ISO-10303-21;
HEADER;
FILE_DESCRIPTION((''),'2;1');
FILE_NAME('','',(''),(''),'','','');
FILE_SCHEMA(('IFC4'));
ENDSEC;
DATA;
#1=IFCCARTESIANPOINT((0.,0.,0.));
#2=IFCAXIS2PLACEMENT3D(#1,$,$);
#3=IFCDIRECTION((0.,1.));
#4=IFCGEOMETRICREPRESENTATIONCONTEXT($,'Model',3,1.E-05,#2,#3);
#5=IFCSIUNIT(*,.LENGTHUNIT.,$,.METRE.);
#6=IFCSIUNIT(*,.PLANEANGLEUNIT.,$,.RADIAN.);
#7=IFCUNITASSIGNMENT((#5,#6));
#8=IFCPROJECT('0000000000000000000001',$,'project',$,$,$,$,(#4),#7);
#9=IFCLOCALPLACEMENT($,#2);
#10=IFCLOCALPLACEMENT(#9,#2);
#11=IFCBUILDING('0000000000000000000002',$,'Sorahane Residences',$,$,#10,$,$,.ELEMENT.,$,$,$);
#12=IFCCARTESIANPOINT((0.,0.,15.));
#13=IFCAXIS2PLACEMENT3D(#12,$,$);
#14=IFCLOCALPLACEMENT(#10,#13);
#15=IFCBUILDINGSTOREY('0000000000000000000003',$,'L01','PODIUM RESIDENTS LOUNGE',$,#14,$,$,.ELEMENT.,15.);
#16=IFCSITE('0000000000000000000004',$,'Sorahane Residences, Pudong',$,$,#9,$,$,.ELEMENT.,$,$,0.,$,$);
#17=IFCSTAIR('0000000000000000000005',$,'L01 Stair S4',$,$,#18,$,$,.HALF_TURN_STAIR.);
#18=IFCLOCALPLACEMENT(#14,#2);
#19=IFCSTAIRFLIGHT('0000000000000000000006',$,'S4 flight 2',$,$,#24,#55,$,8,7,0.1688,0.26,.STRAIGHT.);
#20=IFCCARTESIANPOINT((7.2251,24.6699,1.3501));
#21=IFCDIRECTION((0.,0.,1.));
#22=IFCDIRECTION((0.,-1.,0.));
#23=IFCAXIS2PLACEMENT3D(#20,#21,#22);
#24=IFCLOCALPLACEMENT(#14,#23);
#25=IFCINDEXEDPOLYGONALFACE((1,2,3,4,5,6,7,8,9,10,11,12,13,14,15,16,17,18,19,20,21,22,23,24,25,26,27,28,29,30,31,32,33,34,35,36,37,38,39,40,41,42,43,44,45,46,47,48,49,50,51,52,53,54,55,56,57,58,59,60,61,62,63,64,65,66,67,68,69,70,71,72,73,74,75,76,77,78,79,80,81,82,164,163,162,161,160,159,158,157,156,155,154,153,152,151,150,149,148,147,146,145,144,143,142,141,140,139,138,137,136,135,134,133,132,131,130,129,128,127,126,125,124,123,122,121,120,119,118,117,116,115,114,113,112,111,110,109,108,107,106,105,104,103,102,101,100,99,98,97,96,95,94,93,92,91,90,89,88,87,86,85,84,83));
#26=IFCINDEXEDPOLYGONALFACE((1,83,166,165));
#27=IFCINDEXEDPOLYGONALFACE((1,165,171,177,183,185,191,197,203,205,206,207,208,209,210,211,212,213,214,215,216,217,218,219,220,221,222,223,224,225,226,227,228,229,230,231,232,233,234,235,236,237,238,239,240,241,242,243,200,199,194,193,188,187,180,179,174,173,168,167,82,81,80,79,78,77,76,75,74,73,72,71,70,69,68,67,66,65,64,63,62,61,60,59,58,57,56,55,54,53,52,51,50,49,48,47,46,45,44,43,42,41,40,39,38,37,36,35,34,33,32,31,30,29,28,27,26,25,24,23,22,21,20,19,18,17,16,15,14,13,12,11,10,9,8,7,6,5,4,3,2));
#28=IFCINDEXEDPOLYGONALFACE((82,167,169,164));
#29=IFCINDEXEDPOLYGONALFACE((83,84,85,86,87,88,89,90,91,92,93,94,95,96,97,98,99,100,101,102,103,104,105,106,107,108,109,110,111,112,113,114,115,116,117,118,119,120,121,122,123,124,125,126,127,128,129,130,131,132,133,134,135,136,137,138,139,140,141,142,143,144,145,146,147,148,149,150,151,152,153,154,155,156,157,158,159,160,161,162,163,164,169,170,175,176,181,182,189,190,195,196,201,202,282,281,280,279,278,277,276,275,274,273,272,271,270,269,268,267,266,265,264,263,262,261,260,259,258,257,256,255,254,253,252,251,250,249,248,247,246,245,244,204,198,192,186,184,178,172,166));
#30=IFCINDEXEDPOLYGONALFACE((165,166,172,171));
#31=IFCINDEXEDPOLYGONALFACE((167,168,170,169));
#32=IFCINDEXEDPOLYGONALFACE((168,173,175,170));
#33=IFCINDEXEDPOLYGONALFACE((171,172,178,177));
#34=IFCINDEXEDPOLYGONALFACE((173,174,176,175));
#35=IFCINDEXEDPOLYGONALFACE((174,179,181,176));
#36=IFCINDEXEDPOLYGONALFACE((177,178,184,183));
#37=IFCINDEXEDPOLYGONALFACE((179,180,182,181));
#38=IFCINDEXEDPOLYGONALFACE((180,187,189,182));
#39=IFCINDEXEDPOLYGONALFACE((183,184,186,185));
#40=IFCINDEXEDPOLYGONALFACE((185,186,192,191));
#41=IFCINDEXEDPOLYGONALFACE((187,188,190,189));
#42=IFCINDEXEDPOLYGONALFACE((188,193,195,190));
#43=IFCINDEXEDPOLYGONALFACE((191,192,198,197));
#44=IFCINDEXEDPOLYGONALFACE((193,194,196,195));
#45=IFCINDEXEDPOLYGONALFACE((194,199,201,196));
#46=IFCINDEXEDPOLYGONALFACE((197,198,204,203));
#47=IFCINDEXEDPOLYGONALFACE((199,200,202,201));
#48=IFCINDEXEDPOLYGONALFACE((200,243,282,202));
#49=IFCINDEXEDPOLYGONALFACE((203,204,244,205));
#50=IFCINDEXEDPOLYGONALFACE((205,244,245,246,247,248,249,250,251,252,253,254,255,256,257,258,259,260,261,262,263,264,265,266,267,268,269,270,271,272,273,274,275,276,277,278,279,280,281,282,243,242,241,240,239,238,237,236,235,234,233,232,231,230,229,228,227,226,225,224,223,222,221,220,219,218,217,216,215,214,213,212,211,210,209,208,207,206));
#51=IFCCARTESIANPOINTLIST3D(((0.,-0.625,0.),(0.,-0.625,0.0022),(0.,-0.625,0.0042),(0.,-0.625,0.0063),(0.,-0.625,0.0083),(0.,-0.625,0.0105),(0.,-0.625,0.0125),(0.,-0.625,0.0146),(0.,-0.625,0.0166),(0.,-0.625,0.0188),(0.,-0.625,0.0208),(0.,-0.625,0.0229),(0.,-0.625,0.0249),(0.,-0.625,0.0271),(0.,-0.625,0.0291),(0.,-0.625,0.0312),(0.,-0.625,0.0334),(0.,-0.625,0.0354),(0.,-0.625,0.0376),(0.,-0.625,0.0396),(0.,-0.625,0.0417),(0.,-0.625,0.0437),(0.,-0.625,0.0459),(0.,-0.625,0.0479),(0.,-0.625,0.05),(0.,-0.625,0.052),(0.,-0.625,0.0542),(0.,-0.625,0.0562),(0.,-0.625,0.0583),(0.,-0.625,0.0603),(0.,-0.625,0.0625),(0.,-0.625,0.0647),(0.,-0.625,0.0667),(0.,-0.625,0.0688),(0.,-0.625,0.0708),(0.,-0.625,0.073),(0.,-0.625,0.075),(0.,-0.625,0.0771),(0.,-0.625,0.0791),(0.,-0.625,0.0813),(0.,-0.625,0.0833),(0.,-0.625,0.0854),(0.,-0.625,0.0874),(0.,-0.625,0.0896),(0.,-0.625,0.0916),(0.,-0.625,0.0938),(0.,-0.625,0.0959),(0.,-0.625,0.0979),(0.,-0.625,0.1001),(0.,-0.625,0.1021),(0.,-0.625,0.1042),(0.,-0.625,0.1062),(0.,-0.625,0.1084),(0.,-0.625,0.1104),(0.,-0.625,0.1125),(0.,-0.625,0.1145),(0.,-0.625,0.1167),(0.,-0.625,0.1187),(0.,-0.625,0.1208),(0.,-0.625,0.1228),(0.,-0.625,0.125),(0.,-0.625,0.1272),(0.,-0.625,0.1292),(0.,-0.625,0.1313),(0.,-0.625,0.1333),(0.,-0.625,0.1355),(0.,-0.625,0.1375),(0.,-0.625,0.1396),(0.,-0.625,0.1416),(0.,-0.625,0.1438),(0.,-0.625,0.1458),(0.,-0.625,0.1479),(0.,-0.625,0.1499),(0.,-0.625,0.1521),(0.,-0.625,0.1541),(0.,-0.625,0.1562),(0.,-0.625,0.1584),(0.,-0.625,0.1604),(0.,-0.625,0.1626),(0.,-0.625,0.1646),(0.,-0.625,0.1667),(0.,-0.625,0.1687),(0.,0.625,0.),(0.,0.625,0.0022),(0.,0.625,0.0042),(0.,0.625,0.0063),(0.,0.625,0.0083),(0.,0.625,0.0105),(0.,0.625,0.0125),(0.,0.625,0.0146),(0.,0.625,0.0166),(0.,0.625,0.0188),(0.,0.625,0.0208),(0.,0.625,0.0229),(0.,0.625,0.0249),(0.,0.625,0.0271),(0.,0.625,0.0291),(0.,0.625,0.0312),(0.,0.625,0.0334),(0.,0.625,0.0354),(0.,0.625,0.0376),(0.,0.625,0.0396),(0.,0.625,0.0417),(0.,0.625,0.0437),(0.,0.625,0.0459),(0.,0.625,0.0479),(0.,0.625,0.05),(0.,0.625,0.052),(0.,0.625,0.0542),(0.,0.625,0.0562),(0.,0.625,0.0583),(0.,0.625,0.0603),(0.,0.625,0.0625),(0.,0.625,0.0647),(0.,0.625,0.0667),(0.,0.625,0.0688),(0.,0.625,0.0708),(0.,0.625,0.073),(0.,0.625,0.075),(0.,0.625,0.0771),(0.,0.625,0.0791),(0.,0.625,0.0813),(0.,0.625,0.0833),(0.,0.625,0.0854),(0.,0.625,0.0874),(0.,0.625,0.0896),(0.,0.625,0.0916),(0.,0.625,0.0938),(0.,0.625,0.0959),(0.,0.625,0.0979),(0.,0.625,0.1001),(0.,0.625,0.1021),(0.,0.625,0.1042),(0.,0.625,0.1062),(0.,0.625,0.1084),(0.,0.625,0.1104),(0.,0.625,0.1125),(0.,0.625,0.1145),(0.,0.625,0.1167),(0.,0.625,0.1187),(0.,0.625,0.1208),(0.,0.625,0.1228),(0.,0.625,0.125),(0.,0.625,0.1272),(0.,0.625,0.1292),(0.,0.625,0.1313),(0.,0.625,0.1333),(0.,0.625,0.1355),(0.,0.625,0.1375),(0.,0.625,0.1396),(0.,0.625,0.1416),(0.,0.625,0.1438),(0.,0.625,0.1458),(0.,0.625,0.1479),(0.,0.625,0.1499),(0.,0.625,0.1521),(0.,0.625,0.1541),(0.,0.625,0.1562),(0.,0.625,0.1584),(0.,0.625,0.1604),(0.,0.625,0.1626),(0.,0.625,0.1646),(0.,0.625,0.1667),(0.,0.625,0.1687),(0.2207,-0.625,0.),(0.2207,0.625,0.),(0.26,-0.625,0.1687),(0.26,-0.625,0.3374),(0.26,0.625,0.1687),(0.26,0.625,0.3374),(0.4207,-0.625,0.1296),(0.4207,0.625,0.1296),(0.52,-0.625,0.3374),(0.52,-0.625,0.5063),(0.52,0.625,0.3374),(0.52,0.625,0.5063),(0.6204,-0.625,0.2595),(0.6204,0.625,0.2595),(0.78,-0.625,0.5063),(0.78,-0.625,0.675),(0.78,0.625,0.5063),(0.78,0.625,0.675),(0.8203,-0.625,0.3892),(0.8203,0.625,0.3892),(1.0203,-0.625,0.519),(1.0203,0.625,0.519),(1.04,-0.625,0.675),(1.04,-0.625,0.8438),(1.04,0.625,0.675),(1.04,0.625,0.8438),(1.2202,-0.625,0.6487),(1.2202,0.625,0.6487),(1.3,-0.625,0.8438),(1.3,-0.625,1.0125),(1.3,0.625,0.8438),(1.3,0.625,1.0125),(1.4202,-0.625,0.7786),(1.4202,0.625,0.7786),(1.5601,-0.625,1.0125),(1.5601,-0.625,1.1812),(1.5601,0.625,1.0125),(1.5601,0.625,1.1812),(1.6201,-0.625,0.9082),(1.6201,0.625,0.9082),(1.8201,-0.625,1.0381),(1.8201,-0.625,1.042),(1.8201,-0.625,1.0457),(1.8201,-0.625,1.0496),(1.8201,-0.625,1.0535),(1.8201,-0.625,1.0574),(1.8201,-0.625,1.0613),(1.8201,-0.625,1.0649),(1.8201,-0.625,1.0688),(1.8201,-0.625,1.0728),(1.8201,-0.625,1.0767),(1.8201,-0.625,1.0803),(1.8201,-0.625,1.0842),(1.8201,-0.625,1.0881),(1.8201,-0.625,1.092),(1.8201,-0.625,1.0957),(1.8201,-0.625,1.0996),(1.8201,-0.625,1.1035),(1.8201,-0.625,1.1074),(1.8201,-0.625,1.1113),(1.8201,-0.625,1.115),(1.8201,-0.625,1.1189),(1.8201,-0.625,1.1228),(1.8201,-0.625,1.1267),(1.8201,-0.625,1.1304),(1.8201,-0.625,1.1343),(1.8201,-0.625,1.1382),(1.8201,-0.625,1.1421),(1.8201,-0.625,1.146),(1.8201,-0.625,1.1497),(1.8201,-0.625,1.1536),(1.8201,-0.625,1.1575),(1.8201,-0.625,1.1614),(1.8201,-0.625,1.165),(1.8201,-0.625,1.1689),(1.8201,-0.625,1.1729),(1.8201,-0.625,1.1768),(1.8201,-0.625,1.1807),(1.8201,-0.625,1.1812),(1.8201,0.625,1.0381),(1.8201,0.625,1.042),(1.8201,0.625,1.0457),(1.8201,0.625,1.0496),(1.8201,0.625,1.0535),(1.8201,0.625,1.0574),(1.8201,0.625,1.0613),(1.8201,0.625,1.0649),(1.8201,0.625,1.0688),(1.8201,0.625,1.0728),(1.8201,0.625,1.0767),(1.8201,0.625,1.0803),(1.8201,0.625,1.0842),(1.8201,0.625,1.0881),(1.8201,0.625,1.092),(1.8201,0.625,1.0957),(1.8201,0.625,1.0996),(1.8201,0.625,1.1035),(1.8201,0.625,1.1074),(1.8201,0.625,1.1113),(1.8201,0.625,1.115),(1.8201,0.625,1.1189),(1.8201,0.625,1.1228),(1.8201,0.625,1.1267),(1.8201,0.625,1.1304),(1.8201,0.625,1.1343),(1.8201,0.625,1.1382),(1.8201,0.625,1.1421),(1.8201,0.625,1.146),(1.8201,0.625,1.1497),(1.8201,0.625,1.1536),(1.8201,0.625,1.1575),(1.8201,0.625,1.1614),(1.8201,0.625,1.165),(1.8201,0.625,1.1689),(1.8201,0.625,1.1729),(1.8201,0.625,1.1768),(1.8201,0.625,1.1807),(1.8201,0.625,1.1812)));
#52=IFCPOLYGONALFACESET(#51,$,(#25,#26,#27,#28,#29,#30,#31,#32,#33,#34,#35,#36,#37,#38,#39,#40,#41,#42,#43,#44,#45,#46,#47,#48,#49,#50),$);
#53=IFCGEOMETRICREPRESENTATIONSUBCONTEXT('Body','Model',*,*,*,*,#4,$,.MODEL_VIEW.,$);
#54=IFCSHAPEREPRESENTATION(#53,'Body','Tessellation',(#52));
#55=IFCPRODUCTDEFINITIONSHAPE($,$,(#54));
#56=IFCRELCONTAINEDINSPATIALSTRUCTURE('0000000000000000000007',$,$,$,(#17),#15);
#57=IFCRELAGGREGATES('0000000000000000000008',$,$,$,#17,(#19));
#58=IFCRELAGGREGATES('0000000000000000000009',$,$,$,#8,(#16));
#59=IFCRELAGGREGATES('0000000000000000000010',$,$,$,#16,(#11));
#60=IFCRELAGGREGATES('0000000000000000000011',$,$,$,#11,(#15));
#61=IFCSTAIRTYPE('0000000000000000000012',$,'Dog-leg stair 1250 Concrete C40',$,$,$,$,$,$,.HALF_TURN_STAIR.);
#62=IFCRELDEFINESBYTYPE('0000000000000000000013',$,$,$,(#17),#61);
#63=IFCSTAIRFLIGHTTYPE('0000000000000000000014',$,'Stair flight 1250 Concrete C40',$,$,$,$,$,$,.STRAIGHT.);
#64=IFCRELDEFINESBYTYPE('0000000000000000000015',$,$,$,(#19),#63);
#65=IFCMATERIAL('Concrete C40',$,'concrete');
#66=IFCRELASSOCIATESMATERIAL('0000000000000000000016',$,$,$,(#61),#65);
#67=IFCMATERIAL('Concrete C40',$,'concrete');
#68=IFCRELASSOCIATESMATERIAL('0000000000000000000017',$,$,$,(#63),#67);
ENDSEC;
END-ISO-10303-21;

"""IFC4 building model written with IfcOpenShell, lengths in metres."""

from ifc_helpers import new_model, si_unit, direction, frame, origin, place, context, subcontext, project, spatial, polyline, outline, extrude, material, type_object, element, aggregate, save


model = new_model("IFC4")

# Units and contexts
model_context = context("Model", 3, precision=1e-05, world=origin(), true_north=direction((0.0, 1.0)))
body_context = subcontext(model_context, "Body", "Model", "MODEL_VIEW")
ifc_project = project(units=[si_unit("LENGTHUNIT", "METRE"), si_unit("PLANEANGLEUNIT", "RADIAN")], contexts=[model_context])

# Site, building, storey
site_placement = place(None, origin())
site = spatial("IfcSite", under=ifc_project, at=site_placement, Name="Sorahane Residences, Pudong", CompositionType="ELEMENT", RefElevation=0.0)
building_placement = place(site_placement, origin())
building = spatial("IfcBuilding", under=site, at=building_placement, Name="Sorahane Residences", CompositionType="ELEMENT")
storey_placement = place(building_placement, frame((0.0, 0.0, 15.0)))
storey = spatial("IfcBuildingStorey", under=building, at=storey_placement, Name="L01", Description="PODIUM RESIDENTS LOUNGE", CompositionType="ELEMENT", Elevation=15.0)

# Stair, stair flight
ifc_material_1 = material(Name="Concrete C40", Category="concrete")
stair_type = type_object("IfcStairType", Name="Dog-leg stair 1250 Concrete C40", PredefinedType="HALF_TURN_STAIR", material=ifc_material_1)
stair_placement = place(storey_placement, origin())
stair = element("IfcStair", 1, at=stair_placement, inside=storey, type_object=stair_type, Name="L01 Stair S4", PredefinedType="HALF_TURN_STAIR")
ifc_material_2 = material(Name="Concrete C40", Category="concrete")
stair_flight_type = type_object("IfcStairFlightType", Name="Stair flight 1250 Concrete C40", PredefinedType="STRAIGHT", material=ifc_material_2)
stair_flight_1_placement = place(storey_placement, frame((7.2251, 24.6699, 1.3501), z_axis=(0.0, 0.0, 1.0), x_axis=(0.0, -1.0, 0.0)))
stair_flight_1 = element("IfcStairFlight", 2, at=stair_flight_1_placement, type_object=stair_flight_type, Name="S4 flight 2", NumberOfRisers=8, NumberOfTreads=7, PredefinedType="STRAIGHT", RiserHeight=0.1688, TreadLength=0.26, context=body_context, shape_type="SweptSolid", body=[
    extrude(outline(polyline([(0.0, 0.0), (0.0, 0.0022), (0.0, 0.0042), (0.0, 0.0063), (0.0, 0.0083), (0.0, 0.0105), (0.0, 0.0125), (0.0, 0.0146), (0.0, 0.0166), (0.0, 0.0188), (0.0, 0.0208), (0.0, 0.0229), (0.0, 0.0249), (0.0, 0.0271), (0.0, 0.0291), (0.0, 0.0312), (0.0, 0.0334), (0.0, 0.0354), (0.0, 0.0376), (0.0, 0.0396), (0.0, 0.0417), (0.0, 0.0437), (0.0, 0.0459), (0.0, 0.0479), (0.0, 0.05), (0.0, 0.052), (0.0, 0.0542), (0.0, 0.0562), (0.0, 0.0583), (0.0, 0.0603), (0.0, 0.0625), (0.0, 0.0647), (0.0, 0.0667), (0.0, 0.0688), (0.0, 0.0708), (0.0, 0.073), (0.0, 0.075), (0.0, 0.0771), (0.0, 0.0791), (0.0, 0.0813), (0.0, 0.0833), (0.0, 0.0854), (0.0, 0.0874), (0.0, 0.0896), (0.0, 0.0916), (0.0, 0.0938), (0.0, 0.0959), (0.0, 0.0979), (0.0, 0.1001), (0.0, 0.1021), (0.0, 0.1042), (0.0, 0.1062), (0.0, 0.1084), (0.0, 0.1104), (0.0, 0.1125), (0.0, 0.1145), (0.0, 0.1167), (0.0, 0.1187), (0.0, 0.1208), (0.0, 0.1228), (0.0, 0.125), (0.0, 0.1272), (0.0, 0.1292), (0.0, 0.1313), (0.0, 0.1333), (0.0, 0.1355), (0.0, 0.1375), (0.0, 0.1396), (0.0, 0.1416), (0.0, 0.1438), (0.0, 0.1458), (0.0, 0.1479), (0.0, 0.1499), (0.0, 0.1521), (0.0, 0.1541), (0.0, 0.1562), (0.0, 0.1584), (0.0, 0.1604), (0.0, 0.1626), (0.0, 0.1646), (0.0, 0.1667), (0.0, 0.1687), (0.26, 0.1687), (0.26, 0.3374), (0.52, 0.3374), (0.52, 0.5063), (0.78, 0.5063), (0.78, 0.675), (1.04, 0.675), (1.04, 0.8438), (1.3, 0.8438), (1.3, 1.0125), (1.5601, 1.0125), (1.5601, 1.1812), (1.8201, 1.1812), (1.8201, 1.3501), (1.8201, 1.3462), (1.8201, 1.3423), (1.8201, 1.3384), (1.8201, 1.3347), (1.8201, 1.3308), (1.8201, 1.3269), (1.8201, 1.323), (1.8201, 1.3191), (1.8201, 1.3154), (1.8201, 1.3115), (1.8201, 1.3076), (1.8201, 1.3037), (1.8201, 1.3), (1.8201, 1.2961), (1.8201, 1.2922), (1.8201, 1.2883), (1.8201, 1.2844), (1.8201, 1.2808), (1.8201, 1.2769), (1.8201, 1.2729), (1.8201, 1.269), (1.8201, 1.2654), (1.8201, 1.2615), (1.8201, 1.2576), (1.8201, 1.2537), (1.8201, 1.2498), (1.8201, 1.2461), (1.8201, 1.2422), (1.8201, 1.2383), (1.8201, 1.2344), (1.8201, 1.2307), (1.8201, 1.2268), (1.8201, 1.2229), (1.8201, 1.219), (1.8201, 1.2151), (1.8201, 1.2114), (1.8201, 1.2075), (1.8201, 1.2036), (1.8201, 1.1997), (1.8201, 1.196), (1.8201, 1.1921), (1.8201, 1.1882), (1.8201, 1.1843), (1.8201, 1.1807), (1.8201, 1.1768), (1.8201, 1.1729), (1.8201, 1.1689), (1.8201, 1.165), (1.8201, 1.1614), (1.8201, 1.1575), (1.8201, 1.1536), (1.8201, 1.1497), (1.8201, 1.146), (1.8201, 1.1421), (1.8201, 1.1382), (1.8201, 1.1343), (1.8201, 1.1304), (1.8201, 1.1267), (1.8201, 1.1228), (1.8201, 1.1189), (1.8201, 1.115), (1.8201, 1.1113), (1.8201, 1.1074), (1.8201, 1.1035), (1.8201, 1.0996), (1.8201, 1.0957), (1.8201, 1.092), (1.8201, 1.0881), (1.8201, 1.0842), (1.8201, 1.0803), (1.8201, 1.0767), (1.8201, 1.0728), (1.8201, 1.0688), (1.8201, 1.0649), (1.8201, 1.0613), (1.8201, 1.0574), (1.8201, 1.0535), (1.8201, 1.0496), (1.8201, 1.0457), (1.8201, 1.042), (1.8201, 1.0381), (1.6201, 0.9082), (1.4202, 0.7786), (1.2202, 0.6487), (1.0203, 0.519), (0.8203, 0.3892), (0.6204, 0.2595), (0.4207, 0.1296), (0.2207, 0.0), (0.0, 0.0)])), frame((0.0, 0.625, 0.0), z_axis=(0.0, -1.0, 0.0), x_axis=(1.0, 0.0, 0.0)), (0.0, 0.0, 1.0), 1.25),
])
aggregate(stair, [stair_flight_1])

save(model, "model.ifc")
